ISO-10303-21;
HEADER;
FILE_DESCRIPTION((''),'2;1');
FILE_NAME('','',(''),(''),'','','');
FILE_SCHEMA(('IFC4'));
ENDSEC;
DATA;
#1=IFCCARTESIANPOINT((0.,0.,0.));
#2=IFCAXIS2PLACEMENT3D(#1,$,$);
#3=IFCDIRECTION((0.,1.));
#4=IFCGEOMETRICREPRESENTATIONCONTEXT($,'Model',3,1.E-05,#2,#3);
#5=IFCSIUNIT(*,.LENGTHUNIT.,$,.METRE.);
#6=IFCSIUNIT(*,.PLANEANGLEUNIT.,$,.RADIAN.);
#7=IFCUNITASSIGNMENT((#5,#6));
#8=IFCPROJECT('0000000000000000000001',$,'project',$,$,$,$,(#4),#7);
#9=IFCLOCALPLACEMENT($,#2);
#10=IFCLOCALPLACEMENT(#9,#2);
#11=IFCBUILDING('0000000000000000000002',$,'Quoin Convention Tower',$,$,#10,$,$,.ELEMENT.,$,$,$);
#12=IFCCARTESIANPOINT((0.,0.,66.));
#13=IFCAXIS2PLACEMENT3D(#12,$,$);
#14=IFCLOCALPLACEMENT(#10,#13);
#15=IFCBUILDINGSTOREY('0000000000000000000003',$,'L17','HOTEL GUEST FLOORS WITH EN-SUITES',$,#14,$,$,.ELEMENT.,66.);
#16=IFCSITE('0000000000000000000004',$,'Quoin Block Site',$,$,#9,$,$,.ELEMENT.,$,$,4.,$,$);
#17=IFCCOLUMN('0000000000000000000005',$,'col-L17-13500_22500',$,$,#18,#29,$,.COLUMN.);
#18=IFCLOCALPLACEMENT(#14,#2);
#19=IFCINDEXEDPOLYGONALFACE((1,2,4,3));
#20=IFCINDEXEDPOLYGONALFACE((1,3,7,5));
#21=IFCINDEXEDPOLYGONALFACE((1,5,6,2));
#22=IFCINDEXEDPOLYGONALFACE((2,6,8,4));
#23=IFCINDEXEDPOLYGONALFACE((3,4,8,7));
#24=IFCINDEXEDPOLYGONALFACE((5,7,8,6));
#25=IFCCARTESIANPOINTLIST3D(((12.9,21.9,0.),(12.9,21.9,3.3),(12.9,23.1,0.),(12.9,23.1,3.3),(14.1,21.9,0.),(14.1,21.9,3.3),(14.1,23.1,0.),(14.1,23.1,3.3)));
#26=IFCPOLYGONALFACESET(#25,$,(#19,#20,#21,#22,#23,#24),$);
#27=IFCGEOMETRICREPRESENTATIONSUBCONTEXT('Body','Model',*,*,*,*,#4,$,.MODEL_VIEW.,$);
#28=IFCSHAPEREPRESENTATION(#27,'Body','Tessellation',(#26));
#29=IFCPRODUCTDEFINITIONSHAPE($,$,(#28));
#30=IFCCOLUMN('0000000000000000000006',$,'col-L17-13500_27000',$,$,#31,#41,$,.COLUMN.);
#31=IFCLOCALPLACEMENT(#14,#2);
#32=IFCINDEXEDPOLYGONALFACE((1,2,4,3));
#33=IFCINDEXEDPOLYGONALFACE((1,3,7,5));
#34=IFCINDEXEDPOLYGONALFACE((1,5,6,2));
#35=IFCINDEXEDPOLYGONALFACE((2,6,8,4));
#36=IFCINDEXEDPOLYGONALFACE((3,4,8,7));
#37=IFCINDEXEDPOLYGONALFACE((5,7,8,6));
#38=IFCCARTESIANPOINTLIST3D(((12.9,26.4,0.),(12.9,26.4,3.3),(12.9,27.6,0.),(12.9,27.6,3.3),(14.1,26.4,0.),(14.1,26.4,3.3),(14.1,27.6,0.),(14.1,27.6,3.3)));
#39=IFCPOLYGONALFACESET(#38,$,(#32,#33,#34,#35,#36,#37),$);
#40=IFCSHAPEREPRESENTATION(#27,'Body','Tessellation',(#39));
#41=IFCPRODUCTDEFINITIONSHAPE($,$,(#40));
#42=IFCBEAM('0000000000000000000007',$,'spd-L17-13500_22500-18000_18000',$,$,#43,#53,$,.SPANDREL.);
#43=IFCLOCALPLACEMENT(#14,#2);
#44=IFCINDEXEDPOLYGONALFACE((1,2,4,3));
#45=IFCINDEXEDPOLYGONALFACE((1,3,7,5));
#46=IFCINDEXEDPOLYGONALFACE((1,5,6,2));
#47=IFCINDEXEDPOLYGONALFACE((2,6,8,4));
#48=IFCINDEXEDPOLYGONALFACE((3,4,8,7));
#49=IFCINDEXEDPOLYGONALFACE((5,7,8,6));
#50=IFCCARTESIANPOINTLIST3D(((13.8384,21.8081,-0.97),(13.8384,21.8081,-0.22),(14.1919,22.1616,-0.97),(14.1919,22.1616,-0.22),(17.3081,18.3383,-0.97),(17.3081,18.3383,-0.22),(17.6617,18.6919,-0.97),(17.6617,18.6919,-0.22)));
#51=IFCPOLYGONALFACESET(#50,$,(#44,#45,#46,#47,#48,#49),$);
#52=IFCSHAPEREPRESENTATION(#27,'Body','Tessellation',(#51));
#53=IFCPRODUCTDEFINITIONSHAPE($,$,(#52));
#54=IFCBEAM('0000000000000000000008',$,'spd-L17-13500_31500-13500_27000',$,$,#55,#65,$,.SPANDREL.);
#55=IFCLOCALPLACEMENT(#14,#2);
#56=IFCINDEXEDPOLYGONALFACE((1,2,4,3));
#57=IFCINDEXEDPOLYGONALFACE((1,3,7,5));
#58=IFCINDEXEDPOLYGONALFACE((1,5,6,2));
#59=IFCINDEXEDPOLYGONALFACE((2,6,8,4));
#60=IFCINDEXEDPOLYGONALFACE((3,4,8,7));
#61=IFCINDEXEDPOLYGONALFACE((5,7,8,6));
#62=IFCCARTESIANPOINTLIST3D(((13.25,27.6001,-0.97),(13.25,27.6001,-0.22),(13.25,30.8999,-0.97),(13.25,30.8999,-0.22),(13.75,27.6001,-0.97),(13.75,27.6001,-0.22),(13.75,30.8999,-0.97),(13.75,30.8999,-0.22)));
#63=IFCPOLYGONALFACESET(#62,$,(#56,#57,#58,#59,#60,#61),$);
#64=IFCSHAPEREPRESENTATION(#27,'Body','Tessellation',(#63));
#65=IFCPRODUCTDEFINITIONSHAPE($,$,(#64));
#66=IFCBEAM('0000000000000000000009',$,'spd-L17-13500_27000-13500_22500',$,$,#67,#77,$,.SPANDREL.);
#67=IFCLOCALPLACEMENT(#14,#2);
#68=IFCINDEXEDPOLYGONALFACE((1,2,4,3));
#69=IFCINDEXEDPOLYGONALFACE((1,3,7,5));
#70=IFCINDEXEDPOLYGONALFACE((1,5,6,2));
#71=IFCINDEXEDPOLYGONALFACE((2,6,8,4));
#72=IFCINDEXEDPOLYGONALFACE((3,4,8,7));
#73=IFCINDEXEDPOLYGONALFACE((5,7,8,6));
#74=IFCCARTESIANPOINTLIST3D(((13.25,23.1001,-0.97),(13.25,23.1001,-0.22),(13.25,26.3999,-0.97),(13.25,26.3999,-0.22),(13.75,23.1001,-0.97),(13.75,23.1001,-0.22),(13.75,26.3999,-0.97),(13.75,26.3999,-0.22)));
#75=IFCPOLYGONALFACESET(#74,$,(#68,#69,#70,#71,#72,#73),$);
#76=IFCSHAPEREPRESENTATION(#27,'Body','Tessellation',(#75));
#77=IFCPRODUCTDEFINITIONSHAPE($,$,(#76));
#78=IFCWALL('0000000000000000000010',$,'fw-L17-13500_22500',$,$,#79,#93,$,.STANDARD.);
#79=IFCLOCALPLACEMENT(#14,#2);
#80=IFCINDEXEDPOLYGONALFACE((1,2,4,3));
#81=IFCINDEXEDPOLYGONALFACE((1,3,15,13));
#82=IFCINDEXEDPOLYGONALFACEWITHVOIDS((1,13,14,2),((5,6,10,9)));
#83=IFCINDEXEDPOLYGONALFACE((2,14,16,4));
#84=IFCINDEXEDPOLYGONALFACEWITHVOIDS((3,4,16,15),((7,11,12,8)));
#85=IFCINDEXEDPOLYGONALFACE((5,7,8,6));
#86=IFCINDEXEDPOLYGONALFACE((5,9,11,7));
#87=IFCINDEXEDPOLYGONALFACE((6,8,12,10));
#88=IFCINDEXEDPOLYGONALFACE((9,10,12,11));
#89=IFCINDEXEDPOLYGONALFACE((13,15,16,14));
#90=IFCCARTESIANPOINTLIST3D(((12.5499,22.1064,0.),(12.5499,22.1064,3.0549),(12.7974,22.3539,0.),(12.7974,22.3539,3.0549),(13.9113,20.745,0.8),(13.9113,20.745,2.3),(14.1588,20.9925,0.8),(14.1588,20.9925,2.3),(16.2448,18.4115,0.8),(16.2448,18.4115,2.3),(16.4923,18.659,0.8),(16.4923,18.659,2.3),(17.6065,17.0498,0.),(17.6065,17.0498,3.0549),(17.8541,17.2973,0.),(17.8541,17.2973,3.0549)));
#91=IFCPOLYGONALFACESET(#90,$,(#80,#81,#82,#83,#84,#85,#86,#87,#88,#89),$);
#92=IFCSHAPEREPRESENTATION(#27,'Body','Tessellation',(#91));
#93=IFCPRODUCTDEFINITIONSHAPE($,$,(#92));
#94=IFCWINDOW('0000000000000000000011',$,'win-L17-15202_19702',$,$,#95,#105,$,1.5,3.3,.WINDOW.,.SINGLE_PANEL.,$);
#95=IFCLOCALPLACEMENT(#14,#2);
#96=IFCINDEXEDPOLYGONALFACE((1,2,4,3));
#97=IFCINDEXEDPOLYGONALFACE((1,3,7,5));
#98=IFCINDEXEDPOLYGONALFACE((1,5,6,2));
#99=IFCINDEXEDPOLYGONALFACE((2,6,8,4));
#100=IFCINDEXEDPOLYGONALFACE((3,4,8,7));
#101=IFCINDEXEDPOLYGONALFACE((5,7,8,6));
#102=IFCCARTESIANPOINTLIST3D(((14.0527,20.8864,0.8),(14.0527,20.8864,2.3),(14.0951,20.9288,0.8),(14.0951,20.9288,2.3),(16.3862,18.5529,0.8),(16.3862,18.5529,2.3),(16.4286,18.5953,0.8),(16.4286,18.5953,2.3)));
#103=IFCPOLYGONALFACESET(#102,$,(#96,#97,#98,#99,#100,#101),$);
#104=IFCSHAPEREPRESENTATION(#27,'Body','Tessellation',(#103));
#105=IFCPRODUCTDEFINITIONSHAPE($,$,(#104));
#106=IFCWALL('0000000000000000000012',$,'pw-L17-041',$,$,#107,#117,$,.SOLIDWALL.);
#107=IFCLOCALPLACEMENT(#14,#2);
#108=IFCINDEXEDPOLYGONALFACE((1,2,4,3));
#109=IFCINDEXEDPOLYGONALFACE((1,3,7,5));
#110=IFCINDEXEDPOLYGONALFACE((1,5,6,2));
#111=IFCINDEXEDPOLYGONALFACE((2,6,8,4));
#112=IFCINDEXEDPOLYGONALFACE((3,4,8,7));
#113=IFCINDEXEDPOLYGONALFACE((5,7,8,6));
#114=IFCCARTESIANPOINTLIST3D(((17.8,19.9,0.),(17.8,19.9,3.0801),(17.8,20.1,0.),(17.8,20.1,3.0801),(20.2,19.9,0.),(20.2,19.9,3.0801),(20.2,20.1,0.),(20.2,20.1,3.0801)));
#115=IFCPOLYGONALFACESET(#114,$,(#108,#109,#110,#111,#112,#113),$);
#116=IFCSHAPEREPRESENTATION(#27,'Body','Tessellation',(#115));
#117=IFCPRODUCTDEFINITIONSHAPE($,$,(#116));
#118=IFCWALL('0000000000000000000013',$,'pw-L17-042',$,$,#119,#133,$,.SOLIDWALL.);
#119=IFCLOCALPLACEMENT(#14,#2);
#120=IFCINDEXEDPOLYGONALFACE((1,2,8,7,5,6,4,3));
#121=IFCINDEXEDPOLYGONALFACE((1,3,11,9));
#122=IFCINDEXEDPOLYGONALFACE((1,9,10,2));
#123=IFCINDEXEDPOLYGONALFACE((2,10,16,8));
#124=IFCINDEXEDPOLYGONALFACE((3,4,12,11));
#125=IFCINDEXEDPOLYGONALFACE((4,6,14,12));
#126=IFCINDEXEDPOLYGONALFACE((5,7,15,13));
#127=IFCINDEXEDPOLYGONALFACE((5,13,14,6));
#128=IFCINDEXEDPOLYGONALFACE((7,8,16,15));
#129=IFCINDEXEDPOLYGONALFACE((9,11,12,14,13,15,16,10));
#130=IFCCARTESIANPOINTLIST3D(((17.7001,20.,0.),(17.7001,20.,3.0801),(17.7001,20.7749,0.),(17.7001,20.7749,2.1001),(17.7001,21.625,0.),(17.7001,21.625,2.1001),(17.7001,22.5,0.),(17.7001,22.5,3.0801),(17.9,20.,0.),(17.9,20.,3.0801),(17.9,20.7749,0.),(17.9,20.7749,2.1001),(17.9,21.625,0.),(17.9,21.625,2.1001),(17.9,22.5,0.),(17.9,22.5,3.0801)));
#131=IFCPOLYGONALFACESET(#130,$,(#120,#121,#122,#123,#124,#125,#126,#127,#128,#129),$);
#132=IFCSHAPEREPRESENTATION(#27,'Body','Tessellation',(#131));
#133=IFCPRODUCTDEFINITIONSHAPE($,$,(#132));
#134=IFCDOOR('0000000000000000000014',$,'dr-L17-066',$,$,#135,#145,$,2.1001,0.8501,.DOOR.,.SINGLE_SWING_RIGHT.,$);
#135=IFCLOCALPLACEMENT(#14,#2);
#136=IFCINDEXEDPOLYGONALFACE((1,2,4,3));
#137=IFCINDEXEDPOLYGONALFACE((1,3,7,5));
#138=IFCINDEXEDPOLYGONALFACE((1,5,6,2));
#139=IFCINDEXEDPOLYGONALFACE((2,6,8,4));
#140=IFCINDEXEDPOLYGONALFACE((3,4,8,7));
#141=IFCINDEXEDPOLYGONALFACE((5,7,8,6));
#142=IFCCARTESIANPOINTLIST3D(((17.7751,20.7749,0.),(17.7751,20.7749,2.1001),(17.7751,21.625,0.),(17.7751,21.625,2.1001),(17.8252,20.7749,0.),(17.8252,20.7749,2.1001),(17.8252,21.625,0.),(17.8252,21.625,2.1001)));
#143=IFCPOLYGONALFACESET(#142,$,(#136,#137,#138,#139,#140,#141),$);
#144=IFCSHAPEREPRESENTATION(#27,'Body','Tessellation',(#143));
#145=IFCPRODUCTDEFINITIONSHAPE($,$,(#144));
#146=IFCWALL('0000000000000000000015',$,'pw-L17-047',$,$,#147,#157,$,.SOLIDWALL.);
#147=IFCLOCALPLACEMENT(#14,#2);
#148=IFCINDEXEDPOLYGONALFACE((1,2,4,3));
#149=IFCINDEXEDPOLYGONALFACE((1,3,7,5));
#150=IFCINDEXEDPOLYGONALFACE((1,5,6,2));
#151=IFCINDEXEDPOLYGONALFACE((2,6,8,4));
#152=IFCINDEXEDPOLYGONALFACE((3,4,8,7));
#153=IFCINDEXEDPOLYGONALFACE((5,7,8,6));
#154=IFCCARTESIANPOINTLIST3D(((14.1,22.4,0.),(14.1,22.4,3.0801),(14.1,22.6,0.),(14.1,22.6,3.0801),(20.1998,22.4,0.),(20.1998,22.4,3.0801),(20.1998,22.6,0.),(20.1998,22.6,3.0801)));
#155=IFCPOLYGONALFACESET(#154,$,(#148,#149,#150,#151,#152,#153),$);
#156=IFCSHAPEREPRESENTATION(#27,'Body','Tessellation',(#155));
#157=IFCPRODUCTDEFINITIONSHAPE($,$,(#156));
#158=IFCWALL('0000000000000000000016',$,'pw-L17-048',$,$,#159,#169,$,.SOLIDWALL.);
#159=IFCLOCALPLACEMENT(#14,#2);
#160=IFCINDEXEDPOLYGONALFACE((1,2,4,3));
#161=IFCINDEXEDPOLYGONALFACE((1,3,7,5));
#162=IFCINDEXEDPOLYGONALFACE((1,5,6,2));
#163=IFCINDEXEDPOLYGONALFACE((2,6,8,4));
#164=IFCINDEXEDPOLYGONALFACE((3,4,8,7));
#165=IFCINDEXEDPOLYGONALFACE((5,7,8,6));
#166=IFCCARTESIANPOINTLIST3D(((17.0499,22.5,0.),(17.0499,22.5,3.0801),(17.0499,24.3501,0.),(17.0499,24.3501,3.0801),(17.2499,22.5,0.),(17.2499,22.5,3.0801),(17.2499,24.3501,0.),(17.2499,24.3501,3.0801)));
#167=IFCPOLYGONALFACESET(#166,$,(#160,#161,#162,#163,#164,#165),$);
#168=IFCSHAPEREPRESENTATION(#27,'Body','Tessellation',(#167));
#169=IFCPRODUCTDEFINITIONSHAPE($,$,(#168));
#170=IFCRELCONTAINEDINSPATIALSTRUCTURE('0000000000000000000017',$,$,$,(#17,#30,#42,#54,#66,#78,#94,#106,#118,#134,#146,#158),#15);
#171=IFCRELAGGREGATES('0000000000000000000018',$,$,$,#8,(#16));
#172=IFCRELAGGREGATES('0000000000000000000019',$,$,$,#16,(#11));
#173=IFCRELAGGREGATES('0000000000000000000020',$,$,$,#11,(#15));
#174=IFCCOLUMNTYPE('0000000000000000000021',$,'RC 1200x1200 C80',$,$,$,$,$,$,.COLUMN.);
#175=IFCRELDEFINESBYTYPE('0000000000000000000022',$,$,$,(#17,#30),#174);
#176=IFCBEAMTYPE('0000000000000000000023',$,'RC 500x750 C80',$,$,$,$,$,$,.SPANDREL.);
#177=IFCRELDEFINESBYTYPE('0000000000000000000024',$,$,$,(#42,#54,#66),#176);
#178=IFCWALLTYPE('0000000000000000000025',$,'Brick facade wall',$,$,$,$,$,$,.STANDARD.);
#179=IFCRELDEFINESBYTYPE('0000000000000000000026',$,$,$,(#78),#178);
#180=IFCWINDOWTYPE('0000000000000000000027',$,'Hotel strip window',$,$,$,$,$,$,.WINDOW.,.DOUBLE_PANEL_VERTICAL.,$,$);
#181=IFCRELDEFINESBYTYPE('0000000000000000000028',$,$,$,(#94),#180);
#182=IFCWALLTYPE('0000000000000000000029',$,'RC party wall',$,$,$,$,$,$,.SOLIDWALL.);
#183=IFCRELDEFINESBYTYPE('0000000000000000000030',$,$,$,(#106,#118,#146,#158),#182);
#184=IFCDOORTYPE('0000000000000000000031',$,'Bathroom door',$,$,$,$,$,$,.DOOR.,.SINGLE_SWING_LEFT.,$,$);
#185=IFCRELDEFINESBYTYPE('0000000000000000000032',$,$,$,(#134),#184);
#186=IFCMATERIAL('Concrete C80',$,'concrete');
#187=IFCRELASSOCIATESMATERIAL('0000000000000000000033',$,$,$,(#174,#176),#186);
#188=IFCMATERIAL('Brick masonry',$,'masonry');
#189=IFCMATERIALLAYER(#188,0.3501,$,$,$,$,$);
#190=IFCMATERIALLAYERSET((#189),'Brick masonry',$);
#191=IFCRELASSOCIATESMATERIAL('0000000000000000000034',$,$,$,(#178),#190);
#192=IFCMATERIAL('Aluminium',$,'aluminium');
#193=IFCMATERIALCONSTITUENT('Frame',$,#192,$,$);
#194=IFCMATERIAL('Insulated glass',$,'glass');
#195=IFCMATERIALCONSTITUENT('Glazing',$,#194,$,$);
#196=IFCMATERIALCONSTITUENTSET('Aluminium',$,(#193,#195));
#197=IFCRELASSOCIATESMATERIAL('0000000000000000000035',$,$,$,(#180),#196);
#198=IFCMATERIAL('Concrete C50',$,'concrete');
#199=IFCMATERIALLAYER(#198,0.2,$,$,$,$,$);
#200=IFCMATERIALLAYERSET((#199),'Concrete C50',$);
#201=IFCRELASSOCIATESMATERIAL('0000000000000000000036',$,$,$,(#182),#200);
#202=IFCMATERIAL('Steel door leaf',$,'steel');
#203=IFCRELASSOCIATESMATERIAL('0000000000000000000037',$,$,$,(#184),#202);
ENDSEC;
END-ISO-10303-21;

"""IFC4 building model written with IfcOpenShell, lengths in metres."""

from ifc_helpers import new_model, si_unit, direction, frame, frame_2d, origin, origin_2d, place, context, subcontext, project, spatial, rectangle, extrude, material, layer, layer_set, constituent, constituent_set, material_profile, profile_set, type_object, element, fill, save


model = new_model("IFC4")

# Units and contexts
model_context = context("Model", 3, precision=1e-05, world=origin(), true_north=direction((0.0, 1.0)))
body_context = subcontext(model_context, "Body", "Model", "MODEL_VIEW")
ifc_project = project(units=[si_unit("LENGTHUNIT", "METRE"), si_unit("PLANEANGLEUNIT", "RADIAN")], contexts=[model_context])

# Site, building, storey
site_placement = place(None, origin())
site = spatial("IfcSite", under=ifc_project, at=site_placement, Name="Quoin Block Site", CompositionType="ELEMENT", RefElevation=4.0)
building_placement = place(site_placement, origin())
building = spatial("IfcBuilding", under=site, at=building_placement, Name="Quoin Convention Tower", CompositionType="ELEMENT")
storey_placement = place(building_placement, frame((0.0, 0.0, 66.0)))
storey = spatial("IfcBuildingStorey", under=building, at=storey_placement, Name="L17", Description="HOTEL GUEST FLOORS WITH EN-SUITES", CompositionType="ELEMENT", Elevation=66.0)

# Columns
ifc_material_1 = material(Name="Concrete C80", Category="concrete")
ifc_material_profile_1 = material_profile(ifc_material_1, rectangle(XDim=1.2, YDim=1.2, at=origin_2d()), Name="RC 1200x1200")
ifc_profile_set_1 = profile_set([ifc_material_profile_1], Name="Concrete C80")
column_type = type_object("IfcColumnType", Name="RC 1200x1200 C80", PredefinedType="COLUMN", material=ifc_profile_set_1)
for number, where, z_axis, x_axis, name in (
    (1, (13.5, 22.5, 0.0), (0.0, 0.0, 1.0), (1.0, 0.0, 0.0), "col-L17-13500_22500"),
    (2, (13.5, 27.0, 0.0), (0.0, 0.0, 1.0), (1.0, 0.0, 0.0), "col-L17-13500_27000"),
):
    element("IfcColumn", number, at=place(storey_placement, frame(where, z_axis=z_axis, x_axis=x_axis)), inside=storey, type_object=column_type, Name=name, PredefinedType="COLUMN", context=body_context, shape_type="SweptSolid", body=[
        extrude(rectangle(XDim=1.2, YDim=1.2, at=origin_2d()), origin(), (0.0, 0.0, 1.0), 3.3),
    ])

# Beams
ifc_material_profile_2 = material_profile(ifc_material_1, rectangle(XDim=0.5, YDim=0.75, at=origin_2d()), Name="RC 500x750")
ifc_profile_set_2 = profile_set([ifc_material_profile_2], Name="Concrete C80")
beam_type = type_object("IfcBeamType", Name="RC 500x750 C80", PredefinedType="SPANDREL", material=ifc_profile_set_2)
beam_placement = place(storey_placement, frame((14.0151, 21.9849, -0.595), z_axis=(0.707107, -0.707107, 0.0), x_axis=(0.707107, 0.707107, 0.0)))
element("IfcBeam", 3, at=beam_placement, inside=storey, type_object=beam_type, Name="spd-L17-13500_22500-18000_18000", PredefinedType="SPANDREL", context=body_context, shape_type="SweptSolid", body=[
    extrude(rectangle(XDim=0.5, YDim=0.75, at=origin_2d()), origin(), (0.0, 0.0, 1.0), 4.907),
])
for number, where, z_axis, x_axis, name in (
    (4, (13.5, 30.8999, -0.595), (0.0, -1.0, 0.0), (1.0, 0.0, 0.0), "spd-L17-13500_31500-13500_27000"),
    (5, (13.5, 26.3999, -0.595), (0.0, -1.0, 0.0), (1.0, 0.0, 0.0), "spd-L17-13500_27000-13500_22500"),
):
    element("IfcBeam", number, at=place(storey_placement, frame(where, z_axis=z_axis, x_axis=x_axis)), inside=storey, type_object=beam_type, Name=name, PredefinedType="SPANDREL", context=body_context, shape_type="SweptSolid", body=[
        extrude(rectangle(XDim=0.5, YDim=0.75, at=origin_2d()), origin(), (0.0, 0.0, 1.0), 3.2998),
    ])

# Wall, opening, window
ifc_material_2 = material(Name="Brick masonry", Category="masonry")
ifc_layer_1 = layer(ifc_material_2, 0.3501)
ifc_layer_set_1 = layer_set([ifc_layer_1], Name="Brick masonry")
wall_type_1 = type_object("IfcWallType", Name="Brick facade wall", PredefinedType="STANDARD", material=ifc_layer_set_1)
wall_1_placement = place(storey_placement, frame((12.6736, 22.2302, 0.0), z_axis=(0.0, 0.0, 1.0), x_axis=(0.707107, -0.707107, 0.0)))
wall_1 = element("IfcWall", 6, at=wall_1_placement, inside=storey, type_object=wall_type_1, Name="fw-L17-13500_22500", PredefinedType="STANDARD", context=body_context, shape_type="SweptSolid", body=[
    extrude(rectangle(XDim=7.1511, YDim=0.3501, at=frame_2d((3.5757, 0.0))), origin(), (0.0, 0.0, 1.0), 3.0549),
])
opening_1_placement = place(wall_1_placement, frame((1.9255, 0.0, 0.8)))
opening_1 = element("IfcOpeningElement", 7, at=opening_1_placement, cuts=wall_1, PredefinedType="OPENING", context=body_context, shape_type="SweptSolid", body=[
    extrude(rectangle(XDim=3.3, YDim=1.5, at=frame_2d((1.6499, 0.75))), frame((0.0, 0.1851, 0.0), z_axis=(0.0, -1.0, 0.0), x_axis=(1.0, 0.0, 0.0)), (0.0, 0.0, 1.0), 0.3701),
])
ifc_material_3 = material(Name="Aluminium", Category="aluminium")
ifc_constituent_1 = constituent(ifc_material_3, Name="Frame")
ifc_material_4 = material(Name="Insulated glass", Category="glass")
ifc_constituent_2 = constituent(ifc_material_4, Name="Glazing")
ifc_constituent_set = constituent_set(constituents=[ifc_constituent_1, ifc_constituent_2], Name="Aluminium")
window_type = type_object("IfcWindowType", Name="Hotel strip window", PartitioningType="DOUBLE_PANEL_VERTICAL", PredefinedType="WINDOW", material=ifc_constituent_set)
window_placement = place(opening_1_placement, origin())
window = element("IfcWindow", 8, at=window_placement, inside=storey, type_object=window_type, Name="win-L17-15202_19702", OverallHeight=1.5, OverallWidth=3.3, PartitioningType="SINGLE_PANEL", PredefinedType="WINDOW", context=body_context, shape_type="SweptSolid", body=[
    extrude(rectangle(XDim=3.3, YDim=1.5, at=frame_2d((1.6499, 0.75))), frame((0.0, 0.085, 0.0), z_axis=(0.0, -1.0, 0.0), x_axis=(1.0, 0.0, 0.0)), (0.0, 0.0, 1.0), 0.0601),
])
fill(opening_1, window)

# Wall
ifc_material_5 = material(Name="Concrete C50", Category="concrete")
ifc_layer_2 = layer(ifc_material_5, 0.2)
ifc_layer_set_2 = layer_set([ifc_layer_2], Name="Concrete C50")
wall_type_2 = type_object("IfcWallType", Name="RC party wall", PredefinedType="SOLIDWALL", material=ifc_layer_set_2)
wall_2_placement = place(storey_placement, frame((17.8, 20.0, 0.0), z_axis=(0.0, 0.0, 1.0), x_axis=(1.0, 0.0, 0.0)))
element("IfcWall", 9, at=wall_2_placement, inside=storey, type_object=wall_type_2, Name="pw-L17-041", PredefinedType="SOLIDWALL", context=body_context, shape_type="SweptSolid", body=[
    extrude(rectangle(XDim=2.3999, YDim=0.2, at=frame_2d((1.2, 0.0))), origin(), (0.0, 0.0, 1.0), 3.0801),
])

# Wall, opening, door
wall_3_placement = place(storey_placement, frame((17.8, 20.0, 0.0), z_axis=(0.0, 0.0, 1.0), x_axis=(0.0, 1.0, 0.0)))
wall_3 = element("IfcWall", 10, at=wall_3_placement, inside=storey, type_object=wall_type_2, Name="pw-L17-042", PredefinedType="SOLIDWALL", context=body_context, shape_type="SweptSolid", body=[
    extrude(rectangle(XDim=2.5, YDim=0.2, at=frame_2d((1.25, 0.0))), origin(), (0.0, 0.0, 1.0), 3.0801),
])
opening_2_placement = place(wall_3_placement, frame((0.7749, 0.0, 0.0)))
opening_2 = element("IfcOpeningElement", 11, at=opening_2_placement, cuts=wall_3, PredefinedType="OPENING", context=body_context, shape_type="SweptSolid", body=[
    extrude(rectangle(XDim=0.8501, YDim=2.1001, at=frame_2d((0.425, 1.05))), frame((0.0, 0.1099, 0.0), z_axis=(0.0, -1.0, 0.0), x_axis=(1.0, 0.0, 0.0)), (0.0, 0.0, 1.0), 0.22),
])
ifc_material_6 = material(Name="Steel door leaf", Category="steel")
door_type = type_object("IfcDoorType", Name="Bathroom door", OperationType="SINGLE_SWING_LEFT", PredefinedType="DOOR", material=ifc_material_6)
door_1_placement = place(opening_2_placement, origin())
door_1 = element("IfcDoor", 12, at=door_1_placement, inside=storey, type_object=door_type, Name="dr-L17-066", OperationType="SINGLE_SWING_RIGHT", OverallHeight=2.1001, OverallWidth=0.8501, PredefinedType="DOOR", context=body_context, shape_type="SweptSolid", body=[
    extrude(rectangle(XDim=0.8501, YDim=2.1001, at=frame_2d((0.425, 1.05))), frame((0.0, 0.0249, 0.0), z_axis=(0.0, -1.0, 0.0), x_axis=(1.0, 0.0, 0.0)), (0.0, 0.0, 1.0), 0.05),
])
fill(opening_2, door_1)

# Walls
wall_4_placement = place(storey_placement, frame((14.1001, 22.5, 0.0), z_axis=(0.0, 0.0, 1.0), x_axis=(1.0, 0.0, 0.0)))
element("IfcWall", 13, at=wall_4_placement, inside=storey, type_object=wall_type_2, Name="pw-L17-047", PredefinedType="SOLIDWALL", context=body_context, shape_type="SweptSolid", body=[
    extrude(rectangle(XDim=6.0999, YDim=0.2, at=frame_2d((3.0498, 0.0))), origin(), (0.0, 0.0, 1.0), 3.0801),
])
wall_5_placement = place(storey_placement, frame((17.1499, 22.5, 0.0), z_axis=(0.0, 0.0, 1.0), x_axis=(0.0, 1.0, 0.0)))
element("IfcWall", 14, at=wall_5_placement, inside=storey, type_object=wall_type_2, Name="pw-L17-048", PredefinedType="SOLIDWALL", context=body_context, shape_type="SweptSolid", body=[
    extrude(rectangle(XDim=1.8501, YDim=0.2, at=frame_2d((0.925, 0.0))), origin(), (0.0, 0.0, 1.0), 3.0801),
])

save(model, "model.ifc")
